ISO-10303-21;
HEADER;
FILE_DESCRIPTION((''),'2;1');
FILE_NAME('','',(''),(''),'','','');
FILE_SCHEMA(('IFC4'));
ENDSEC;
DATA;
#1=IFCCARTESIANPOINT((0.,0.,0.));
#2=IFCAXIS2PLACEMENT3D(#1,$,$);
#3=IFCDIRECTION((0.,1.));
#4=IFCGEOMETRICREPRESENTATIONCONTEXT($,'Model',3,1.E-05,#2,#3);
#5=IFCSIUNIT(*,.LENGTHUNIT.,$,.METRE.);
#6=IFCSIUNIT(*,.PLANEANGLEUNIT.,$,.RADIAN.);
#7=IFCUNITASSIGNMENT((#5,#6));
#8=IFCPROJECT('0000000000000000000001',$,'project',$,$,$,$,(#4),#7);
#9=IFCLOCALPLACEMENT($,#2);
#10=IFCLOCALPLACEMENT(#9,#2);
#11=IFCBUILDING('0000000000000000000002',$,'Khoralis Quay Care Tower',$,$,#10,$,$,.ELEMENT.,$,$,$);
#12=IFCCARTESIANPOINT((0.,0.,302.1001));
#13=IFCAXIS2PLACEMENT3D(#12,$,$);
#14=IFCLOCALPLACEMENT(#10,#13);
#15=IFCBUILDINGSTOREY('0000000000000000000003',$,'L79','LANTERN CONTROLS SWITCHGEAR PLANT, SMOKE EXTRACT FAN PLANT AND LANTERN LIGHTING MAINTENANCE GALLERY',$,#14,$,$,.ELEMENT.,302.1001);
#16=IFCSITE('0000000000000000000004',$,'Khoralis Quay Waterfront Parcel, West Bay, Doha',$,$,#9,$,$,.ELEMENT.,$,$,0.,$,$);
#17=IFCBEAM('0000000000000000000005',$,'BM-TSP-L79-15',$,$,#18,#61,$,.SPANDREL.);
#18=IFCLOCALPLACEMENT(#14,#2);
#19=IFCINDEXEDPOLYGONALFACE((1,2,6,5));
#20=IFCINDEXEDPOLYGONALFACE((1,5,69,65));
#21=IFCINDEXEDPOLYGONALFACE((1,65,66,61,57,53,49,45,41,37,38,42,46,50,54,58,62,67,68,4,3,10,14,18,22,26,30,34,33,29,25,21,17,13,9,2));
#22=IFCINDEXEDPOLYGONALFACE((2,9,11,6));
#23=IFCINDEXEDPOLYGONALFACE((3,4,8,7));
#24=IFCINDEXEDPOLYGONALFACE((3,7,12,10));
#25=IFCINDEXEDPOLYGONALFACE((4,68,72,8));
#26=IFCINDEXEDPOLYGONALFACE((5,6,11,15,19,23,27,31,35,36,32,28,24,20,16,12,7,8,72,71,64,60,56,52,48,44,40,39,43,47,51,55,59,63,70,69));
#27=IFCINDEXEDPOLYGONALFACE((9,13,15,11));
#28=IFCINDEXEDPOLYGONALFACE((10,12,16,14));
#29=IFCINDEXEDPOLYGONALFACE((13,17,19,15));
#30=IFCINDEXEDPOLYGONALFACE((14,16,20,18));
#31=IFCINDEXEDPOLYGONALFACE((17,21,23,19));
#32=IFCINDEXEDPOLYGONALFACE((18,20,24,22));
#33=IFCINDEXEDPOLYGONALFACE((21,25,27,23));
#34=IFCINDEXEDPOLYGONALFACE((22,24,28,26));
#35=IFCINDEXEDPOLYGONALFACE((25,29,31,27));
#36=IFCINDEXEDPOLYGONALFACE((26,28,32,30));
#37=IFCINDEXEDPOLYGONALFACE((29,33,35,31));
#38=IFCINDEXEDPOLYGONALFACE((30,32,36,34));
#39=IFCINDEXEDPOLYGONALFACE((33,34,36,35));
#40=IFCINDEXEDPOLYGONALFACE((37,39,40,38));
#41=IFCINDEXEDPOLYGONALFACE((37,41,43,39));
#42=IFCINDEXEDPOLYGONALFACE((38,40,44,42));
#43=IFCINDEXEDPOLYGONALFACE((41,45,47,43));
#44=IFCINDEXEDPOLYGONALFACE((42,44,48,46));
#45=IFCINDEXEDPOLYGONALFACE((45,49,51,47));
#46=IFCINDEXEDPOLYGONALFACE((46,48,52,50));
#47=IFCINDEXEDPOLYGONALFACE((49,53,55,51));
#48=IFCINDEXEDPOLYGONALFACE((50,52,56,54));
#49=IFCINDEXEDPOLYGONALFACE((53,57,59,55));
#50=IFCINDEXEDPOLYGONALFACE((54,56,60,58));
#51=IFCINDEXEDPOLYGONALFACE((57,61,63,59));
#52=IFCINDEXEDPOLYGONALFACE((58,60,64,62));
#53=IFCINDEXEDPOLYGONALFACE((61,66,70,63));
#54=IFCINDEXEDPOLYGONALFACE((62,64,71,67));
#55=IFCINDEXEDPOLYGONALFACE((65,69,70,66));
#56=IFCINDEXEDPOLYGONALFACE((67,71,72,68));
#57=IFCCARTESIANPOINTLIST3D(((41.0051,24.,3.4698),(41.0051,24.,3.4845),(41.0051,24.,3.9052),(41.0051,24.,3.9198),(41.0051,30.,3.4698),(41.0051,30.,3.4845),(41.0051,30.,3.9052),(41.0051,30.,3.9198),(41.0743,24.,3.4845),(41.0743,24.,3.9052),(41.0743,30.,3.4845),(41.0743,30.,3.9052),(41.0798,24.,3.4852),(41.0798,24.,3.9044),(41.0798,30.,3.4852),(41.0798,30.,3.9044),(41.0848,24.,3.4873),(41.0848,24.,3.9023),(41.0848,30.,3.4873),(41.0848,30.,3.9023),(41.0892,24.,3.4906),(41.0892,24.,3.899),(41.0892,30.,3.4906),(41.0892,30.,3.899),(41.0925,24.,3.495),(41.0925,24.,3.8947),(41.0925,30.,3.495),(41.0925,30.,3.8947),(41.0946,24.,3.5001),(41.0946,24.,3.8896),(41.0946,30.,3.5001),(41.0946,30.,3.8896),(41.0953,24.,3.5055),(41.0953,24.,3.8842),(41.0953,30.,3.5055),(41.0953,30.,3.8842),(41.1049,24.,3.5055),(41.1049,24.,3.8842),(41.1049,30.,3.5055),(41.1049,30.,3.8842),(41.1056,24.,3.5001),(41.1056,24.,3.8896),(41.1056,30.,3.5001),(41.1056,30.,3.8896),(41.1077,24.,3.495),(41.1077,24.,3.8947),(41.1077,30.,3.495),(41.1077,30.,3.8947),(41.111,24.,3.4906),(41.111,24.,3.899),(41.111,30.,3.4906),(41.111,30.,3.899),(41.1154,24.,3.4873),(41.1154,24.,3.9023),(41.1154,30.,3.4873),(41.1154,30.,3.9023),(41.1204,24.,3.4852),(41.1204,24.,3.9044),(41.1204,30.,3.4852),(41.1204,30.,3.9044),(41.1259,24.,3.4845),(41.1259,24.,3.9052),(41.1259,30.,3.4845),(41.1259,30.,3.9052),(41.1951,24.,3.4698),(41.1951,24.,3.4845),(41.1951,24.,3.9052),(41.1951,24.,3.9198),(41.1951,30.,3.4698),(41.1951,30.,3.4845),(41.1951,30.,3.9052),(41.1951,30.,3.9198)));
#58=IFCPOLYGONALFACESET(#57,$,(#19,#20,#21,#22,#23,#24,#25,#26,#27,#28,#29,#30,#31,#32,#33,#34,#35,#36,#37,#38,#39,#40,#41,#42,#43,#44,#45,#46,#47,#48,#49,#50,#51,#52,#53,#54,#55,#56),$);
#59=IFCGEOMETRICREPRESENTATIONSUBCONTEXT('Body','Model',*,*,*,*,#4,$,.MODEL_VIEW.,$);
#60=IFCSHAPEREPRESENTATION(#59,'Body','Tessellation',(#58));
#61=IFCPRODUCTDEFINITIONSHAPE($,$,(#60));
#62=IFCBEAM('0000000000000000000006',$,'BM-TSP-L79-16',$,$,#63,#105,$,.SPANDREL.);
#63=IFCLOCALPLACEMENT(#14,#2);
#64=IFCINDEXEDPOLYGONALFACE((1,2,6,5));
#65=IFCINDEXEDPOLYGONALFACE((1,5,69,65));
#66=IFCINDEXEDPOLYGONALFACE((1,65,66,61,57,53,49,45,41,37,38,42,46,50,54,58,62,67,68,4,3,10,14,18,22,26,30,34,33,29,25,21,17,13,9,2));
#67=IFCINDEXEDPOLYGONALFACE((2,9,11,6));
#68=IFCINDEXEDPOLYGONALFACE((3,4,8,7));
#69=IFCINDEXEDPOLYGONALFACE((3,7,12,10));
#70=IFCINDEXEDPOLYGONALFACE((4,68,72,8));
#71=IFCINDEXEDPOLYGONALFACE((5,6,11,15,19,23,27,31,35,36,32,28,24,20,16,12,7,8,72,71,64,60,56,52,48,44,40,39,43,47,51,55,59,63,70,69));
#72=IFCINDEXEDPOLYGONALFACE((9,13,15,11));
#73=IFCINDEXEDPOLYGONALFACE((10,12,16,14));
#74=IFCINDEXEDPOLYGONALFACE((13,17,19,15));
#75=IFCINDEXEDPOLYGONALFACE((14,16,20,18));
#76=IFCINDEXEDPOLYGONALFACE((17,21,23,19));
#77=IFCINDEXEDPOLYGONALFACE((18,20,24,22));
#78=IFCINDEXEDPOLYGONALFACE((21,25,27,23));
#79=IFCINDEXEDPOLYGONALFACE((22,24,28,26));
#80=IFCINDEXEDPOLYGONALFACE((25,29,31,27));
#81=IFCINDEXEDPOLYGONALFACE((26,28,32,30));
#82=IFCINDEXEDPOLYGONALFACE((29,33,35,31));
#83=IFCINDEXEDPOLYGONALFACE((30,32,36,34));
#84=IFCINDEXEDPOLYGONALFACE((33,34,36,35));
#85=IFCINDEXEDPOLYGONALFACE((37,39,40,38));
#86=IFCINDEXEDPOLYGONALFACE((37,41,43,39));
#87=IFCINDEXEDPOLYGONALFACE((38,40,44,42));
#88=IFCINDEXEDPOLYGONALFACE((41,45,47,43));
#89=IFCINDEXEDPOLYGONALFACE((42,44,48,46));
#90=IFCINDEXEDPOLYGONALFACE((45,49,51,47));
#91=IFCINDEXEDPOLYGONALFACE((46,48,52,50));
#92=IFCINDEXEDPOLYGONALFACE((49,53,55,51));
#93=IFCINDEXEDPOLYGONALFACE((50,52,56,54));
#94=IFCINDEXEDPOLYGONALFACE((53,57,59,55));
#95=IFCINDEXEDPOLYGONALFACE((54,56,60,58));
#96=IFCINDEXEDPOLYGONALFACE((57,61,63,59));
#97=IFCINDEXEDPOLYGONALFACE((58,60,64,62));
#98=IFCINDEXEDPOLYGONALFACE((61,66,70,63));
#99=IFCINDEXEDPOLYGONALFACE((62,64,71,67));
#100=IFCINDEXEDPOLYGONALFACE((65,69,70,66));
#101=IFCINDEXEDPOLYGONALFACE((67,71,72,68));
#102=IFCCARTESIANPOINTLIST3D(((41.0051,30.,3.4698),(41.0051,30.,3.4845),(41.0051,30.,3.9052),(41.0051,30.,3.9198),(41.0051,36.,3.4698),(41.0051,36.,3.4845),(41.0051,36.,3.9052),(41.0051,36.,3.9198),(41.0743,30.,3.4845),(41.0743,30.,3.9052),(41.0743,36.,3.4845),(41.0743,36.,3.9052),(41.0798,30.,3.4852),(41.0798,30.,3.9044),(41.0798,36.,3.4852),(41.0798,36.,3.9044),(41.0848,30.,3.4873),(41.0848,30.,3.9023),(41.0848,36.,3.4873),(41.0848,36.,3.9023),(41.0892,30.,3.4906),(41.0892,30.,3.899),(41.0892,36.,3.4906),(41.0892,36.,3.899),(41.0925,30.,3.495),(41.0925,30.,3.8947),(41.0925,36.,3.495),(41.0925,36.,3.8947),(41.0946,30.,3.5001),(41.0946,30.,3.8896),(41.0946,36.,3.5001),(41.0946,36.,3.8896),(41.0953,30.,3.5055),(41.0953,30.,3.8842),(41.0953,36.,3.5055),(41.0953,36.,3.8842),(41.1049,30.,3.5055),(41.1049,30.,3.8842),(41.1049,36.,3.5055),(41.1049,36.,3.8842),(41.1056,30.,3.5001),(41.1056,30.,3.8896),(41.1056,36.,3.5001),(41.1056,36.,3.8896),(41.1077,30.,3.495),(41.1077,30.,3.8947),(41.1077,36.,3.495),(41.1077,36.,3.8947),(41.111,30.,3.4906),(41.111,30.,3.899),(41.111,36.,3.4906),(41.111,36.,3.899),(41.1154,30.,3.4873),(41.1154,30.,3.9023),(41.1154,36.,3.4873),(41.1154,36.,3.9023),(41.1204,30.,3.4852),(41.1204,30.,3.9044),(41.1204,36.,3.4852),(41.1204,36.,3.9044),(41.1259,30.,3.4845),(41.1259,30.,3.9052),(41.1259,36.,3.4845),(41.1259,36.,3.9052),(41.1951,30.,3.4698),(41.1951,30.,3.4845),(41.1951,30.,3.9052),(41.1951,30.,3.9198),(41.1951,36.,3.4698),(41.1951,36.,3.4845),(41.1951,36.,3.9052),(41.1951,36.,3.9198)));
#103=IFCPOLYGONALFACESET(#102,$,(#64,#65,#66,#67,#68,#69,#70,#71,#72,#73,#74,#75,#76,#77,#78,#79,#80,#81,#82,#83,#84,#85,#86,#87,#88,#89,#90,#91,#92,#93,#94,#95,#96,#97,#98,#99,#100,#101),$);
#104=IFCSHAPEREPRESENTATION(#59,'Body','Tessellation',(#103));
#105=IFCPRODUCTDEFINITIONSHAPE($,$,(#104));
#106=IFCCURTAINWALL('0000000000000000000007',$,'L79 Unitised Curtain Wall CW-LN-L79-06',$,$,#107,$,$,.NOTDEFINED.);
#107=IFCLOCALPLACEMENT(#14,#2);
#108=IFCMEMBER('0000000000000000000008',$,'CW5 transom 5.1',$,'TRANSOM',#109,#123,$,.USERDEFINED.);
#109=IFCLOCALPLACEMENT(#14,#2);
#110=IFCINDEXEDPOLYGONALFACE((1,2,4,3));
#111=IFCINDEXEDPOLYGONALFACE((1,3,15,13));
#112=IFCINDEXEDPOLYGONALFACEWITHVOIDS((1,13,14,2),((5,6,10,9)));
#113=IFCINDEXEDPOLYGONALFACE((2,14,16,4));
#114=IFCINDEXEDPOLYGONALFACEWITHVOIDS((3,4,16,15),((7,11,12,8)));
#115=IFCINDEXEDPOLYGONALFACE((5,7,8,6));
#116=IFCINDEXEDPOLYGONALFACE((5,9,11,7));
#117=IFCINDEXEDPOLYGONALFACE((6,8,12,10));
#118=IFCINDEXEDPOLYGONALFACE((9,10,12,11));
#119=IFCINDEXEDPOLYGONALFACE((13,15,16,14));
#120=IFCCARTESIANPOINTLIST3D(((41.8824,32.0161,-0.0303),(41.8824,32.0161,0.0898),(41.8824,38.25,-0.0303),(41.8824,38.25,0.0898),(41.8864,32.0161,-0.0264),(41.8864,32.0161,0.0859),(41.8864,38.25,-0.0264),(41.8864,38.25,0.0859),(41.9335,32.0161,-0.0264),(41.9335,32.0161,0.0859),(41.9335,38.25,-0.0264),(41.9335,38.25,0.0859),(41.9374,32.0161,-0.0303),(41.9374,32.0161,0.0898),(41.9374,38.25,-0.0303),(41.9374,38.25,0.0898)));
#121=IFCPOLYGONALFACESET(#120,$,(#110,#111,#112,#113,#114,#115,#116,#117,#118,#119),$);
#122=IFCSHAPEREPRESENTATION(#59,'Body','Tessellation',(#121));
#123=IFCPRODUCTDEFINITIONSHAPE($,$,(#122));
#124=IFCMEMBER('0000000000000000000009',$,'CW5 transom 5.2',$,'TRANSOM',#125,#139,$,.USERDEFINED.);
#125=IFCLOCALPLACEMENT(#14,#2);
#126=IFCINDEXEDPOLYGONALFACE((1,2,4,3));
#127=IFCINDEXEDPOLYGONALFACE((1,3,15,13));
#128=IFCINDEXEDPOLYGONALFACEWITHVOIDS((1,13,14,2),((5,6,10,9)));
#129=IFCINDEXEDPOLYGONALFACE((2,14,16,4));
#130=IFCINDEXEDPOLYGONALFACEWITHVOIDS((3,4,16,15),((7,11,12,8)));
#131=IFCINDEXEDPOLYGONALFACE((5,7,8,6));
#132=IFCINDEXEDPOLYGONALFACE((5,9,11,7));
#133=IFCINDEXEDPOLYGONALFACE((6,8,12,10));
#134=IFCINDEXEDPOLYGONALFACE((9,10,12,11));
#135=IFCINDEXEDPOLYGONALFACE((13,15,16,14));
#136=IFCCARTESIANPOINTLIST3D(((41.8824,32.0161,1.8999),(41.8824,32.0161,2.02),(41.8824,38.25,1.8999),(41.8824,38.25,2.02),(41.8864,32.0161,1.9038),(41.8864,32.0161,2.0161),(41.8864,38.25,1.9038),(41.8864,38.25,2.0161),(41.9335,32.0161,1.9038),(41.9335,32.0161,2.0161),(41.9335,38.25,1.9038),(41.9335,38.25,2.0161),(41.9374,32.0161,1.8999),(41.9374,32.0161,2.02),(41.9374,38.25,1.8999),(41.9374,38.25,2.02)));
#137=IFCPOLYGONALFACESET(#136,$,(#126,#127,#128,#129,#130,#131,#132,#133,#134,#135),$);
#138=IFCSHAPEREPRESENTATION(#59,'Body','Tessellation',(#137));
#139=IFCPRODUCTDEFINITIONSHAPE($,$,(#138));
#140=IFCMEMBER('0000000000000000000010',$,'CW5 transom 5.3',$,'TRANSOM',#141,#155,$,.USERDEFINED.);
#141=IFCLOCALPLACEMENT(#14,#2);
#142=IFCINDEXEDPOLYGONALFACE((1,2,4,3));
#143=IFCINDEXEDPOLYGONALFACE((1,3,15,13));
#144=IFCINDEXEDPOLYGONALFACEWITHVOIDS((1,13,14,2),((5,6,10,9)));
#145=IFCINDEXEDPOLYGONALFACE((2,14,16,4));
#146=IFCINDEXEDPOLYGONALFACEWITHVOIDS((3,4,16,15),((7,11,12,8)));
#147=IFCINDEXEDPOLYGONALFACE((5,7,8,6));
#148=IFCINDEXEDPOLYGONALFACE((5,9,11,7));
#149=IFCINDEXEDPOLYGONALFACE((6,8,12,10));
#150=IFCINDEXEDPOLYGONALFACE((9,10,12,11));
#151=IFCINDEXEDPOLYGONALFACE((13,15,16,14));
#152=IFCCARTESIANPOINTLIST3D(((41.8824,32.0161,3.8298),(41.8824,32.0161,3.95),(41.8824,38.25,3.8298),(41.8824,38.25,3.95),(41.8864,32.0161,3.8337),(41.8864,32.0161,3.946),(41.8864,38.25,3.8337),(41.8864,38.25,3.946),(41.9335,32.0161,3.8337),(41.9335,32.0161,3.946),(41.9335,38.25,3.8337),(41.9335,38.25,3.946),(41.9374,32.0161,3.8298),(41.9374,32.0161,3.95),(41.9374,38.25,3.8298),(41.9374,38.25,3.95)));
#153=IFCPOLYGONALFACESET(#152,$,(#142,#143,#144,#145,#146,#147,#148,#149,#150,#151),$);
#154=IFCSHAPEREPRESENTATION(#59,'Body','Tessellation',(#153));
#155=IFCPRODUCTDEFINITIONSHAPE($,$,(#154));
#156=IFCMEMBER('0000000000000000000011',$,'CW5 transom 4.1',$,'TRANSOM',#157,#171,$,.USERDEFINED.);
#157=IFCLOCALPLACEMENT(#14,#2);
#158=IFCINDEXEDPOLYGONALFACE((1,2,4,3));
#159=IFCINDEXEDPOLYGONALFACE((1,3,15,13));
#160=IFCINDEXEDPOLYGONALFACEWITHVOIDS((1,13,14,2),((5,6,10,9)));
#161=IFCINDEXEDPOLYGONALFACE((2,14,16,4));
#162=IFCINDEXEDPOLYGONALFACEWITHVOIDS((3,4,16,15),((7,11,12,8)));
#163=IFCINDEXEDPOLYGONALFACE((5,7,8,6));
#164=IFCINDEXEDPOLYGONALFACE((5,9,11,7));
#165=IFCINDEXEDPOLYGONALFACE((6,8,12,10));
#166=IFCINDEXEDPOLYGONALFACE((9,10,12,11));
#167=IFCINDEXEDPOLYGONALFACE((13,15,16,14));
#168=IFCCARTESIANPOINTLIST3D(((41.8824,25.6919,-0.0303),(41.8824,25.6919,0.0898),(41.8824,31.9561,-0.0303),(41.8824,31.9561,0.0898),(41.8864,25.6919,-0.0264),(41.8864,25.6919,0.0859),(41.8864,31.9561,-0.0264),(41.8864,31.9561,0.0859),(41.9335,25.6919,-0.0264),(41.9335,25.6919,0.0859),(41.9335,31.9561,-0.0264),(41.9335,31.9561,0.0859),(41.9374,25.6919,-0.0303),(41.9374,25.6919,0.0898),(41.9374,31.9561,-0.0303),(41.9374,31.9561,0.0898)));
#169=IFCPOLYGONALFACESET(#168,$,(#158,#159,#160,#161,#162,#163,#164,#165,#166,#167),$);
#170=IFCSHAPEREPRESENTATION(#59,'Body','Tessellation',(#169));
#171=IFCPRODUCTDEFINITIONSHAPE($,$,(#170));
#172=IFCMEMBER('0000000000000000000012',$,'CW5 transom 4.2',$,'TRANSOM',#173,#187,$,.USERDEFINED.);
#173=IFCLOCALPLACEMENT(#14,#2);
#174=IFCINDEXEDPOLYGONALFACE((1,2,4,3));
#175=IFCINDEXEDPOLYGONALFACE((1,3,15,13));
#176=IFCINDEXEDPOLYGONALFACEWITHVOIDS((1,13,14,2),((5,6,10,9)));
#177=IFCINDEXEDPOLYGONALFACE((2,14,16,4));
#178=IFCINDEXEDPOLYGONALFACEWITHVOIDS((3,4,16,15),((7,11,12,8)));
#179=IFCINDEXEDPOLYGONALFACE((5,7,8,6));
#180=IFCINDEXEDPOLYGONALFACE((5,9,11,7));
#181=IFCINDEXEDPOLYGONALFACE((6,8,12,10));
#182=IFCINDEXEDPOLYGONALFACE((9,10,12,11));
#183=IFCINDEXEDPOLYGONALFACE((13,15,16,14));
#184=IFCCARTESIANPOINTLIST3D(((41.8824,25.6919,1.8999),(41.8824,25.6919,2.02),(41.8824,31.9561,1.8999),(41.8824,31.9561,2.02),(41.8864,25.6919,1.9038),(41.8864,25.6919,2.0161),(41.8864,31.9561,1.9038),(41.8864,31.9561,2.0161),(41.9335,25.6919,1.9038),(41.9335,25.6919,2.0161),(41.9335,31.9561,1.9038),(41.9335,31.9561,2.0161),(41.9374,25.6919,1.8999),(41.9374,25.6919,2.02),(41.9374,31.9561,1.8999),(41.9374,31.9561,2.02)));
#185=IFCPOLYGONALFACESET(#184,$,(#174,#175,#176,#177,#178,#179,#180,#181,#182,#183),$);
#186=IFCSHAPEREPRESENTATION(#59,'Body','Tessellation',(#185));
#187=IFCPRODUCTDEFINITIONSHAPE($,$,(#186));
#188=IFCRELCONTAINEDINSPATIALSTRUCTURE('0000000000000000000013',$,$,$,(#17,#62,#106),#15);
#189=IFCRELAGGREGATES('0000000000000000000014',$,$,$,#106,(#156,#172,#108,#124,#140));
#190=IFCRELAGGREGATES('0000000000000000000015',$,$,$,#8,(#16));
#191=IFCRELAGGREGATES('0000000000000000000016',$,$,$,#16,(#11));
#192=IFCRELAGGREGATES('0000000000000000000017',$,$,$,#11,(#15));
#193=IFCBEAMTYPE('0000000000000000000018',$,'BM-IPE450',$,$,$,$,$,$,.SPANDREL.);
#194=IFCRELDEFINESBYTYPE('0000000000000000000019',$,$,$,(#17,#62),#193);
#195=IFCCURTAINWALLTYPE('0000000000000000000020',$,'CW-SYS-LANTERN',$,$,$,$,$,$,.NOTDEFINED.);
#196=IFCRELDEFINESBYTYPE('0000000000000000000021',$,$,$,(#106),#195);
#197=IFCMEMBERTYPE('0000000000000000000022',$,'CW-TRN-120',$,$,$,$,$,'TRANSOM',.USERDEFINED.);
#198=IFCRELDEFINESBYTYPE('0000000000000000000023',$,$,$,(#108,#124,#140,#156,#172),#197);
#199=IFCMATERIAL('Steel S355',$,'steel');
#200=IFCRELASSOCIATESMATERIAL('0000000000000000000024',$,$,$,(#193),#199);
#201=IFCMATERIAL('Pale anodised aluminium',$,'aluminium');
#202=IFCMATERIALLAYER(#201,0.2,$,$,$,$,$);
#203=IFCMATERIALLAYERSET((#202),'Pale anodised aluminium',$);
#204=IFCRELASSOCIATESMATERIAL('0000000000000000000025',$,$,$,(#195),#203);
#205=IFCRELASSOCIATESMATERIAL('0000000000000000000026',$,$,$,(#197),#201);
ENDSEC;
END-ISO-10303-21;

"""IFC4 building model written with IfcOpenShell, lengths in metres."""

from ifc_helpers import new_model, si_unit, direction, frame, origin, origin_2d, place, context, subcontext, project, spatial, hollow_rectangle, i_section, extrude, source, transform, mapped, material, layer, layer_set, material_profile, profile_set, type_object, element, aggregate, save


model = new_model("IFC4")

# Units and contexts
model_context = context("Model", 3, precision=1e-05, world=origin(), true_north=direction((0.0, 1.0)))
body_context = subcontext(model_context, "Body", "Model", "MODEL_VIEW")
ifc_project = project(units=[si_unit("LENGTHUNIT", "METRE"), si_unit("PLANEANGLEUNIT", "RADIAN")], contexts=[model_context])

# Site, building, storey
site_placement = place(None, origin())
site = spatial("IfcSite", under=ifc_project, at=site_placement, Name="Khoralis Quay Waterfront Parcel, West Bay, Doha", CompositionType="ELEMENT", RefElevation=0.0)
building_placement = place(site_placement, origin())
building = spatial("IfcBuilding", under=site, at=building_placement, Name="Khoralis Quay Care Tower", CompositionType="ELEMENT")
storey_placement = place(building_placement, frame((0.0, 0.0, 302.1001)))
storey = spatial("IfcBuildingStorey", under=building, at=storey_placement, Name="L79", Description="LANTERN CONTROLS SWITCHGEAR PLANT, SMOKE EXTRACT FAN PLANT AND LANTERN LIGHTING MAINTENANCE GALLERY", CompositionType="ELEMENT", Elevation=302.1001)

# Beams
ifc_material_1 = material(Name="Steel S355", Category="steel")
ifc_material_profile_1 = material_profile(ifc_material_1, i_section(OverallWidth=0.1899, OverallDepth=0.45, WebThickness=0.0095, FlangeThickness=0.0146, FilletRadius=0.021, at=origin_2d()), Name="Steel S355")
ifc_profile_set_1 = profile_set([ifc_material_profile_1], Name="Steel S355")
beam_type = type_object("IfcBeamType", Name="BM-IPE450", PredefinedType="SPANDREL", material=ifc_profile_set_1)
shared_shape_1 = source(origin(), body_context, "Body", "SweptSolid", [
    extrude(i_section(OverallWidth=0.1899, OverallDepth=0.45, WebThickness=0.0095, FlangeThickness=0.0146, FilletRadius=0.021, at=origin_2d()), origin(), (0.0, 0.0, 1.0), 6.0),
])
for number, where, z_axis, x_axis, name in (
    (1, (41.1001, 24.0, 3.6948), (0.0, 1.0, 0.0), (-1.0, 0.0, 0.0), "BM-TSP-L79-15"),
    (2, (41.1001, 30.0, 3.6948), (0.0, 1.0, 0.0), (-1.0, 0.0, 0.0), "BM-TSP-L79-16"),
):
    element("IfcBeam", number, at=place(storey_placement, frame(where, z_axis=z_axis, x_axis=x_axis)), inside=storey, type_object=beam_type, Name=name, PredefinedType="SPANDREL", context=body_context, shape_type="MappedRepresentation", body=[
        mapped(shared_shape_1, transform((0.0, 0.0, 0.0), scale=1.0)),
    ])

# Curtain wall, members
ifc_material_2 = material(Name="Pale anodised aluminium", Category="aluminium")
ifc_layer_1 = layer(ifc_material_2, 0.2)
ifc_layer_set_1 = layer_set([ifc_layer_1], Name="Pale anodised aluminium")
curtain_wall_type = type_object("IfcCurtainWallType", Name="CW-SYS-LANTERN", PredefinedType="NOTDEFINED", material=ifc_layer_set_1)
curtain_wall_1_placement = place(storey_placement, origin())
curtain_wall_1 = element("IfcCurtainWall", 3, at=curtain_wall_1_placement, inside=storey, type_object=curtain_wall_type, Name="L79 Unitised Curtain Wall CW-LN-L79-06", PredefinedType="NOTDEFINED")
ifc_material_profile_2 = material_profile(ifc_material_2, hollow_rectangle(XDim=0.0549, YDim=0.1201, WallThickness=0.0039, at=origin_2d()), Name="Pale anodised aluminium")
ifc_profile_set_2 = profile_set([ifc_material_profile_2], Name="Pale anodised aluminium")
member_type_1 = type_object("IfcMemberType", Name="CW-TRN-120", ElementType="TRANSOM", PredefinedType="USERDEFINED", material=ifc_profile_set_2)
shared_shape_2 = source(origin(), body_context, "Body", "SweptSolid", [
    extrude(hollow_rectangle(XDim=0.0549, YDim=0.1201, WallThickness=0.0039, at=origin_2d()), origin(), (0.0, 0.0, 1.0), 6.2339),
])
member_1_placement = place(storey_placement, frame((41.9099, 32.0161, 0.0298), z_axis=(0.0, 1.0, 0.0), x_axis=(-1.0, 0.0, 0.0)))
member_1 = element("IfcMember", 4, at=member_1_placement, type_object=member_type_1, Name="CW5 transom 5.1", ObjectType="TRANSOM", PredefinedType="USERDEFINED", context=body_context, shape_type="MappedRepresentation", body=[
    mapped(shared_shape_2, transform((0.0, 0.0, 0.0), scale=1.0)),
])
member_2_placement = place(storey_placement, frame((41.9099, 32.0161, 1.96), z_axis=(0.0, 1.0, 0.0), x_axis=(-1.0, 0.0, 0.0)))
member_2 = element("IfcMember", 5, at=member_2_placement, type_object=member_type_1, Name="CW5 transom 5.2", ObjectType="TRANSOM", PredefinedType="USERDEFINED", context=body_context, shape_type="MappedRepresentation", body=[
    mapped(shared_shape_2, transform((0.0, 0.0, 0.0), scale=1.0)),
])
member_3_placement = place(storey_placement, frame((41.9099, 32.0161, 3.8899), z_axis=(0.0, 1.0, 0.0), x_axis=(-1.0, 0.0, 0.0)))
member_3 = element("IfcMember", 6, at=member_3_placement, type_object=member_type_1, Name="CW5 transom 5.3", ObjectType="TRANSOM", PredefinedType="USERDEFINED", context=body_context, shape_type="MappedRepresentation", body=[
    mapped(shared_shape_2, transform((0.0, 0.0, 0.0), scale=1.0)),
])
shared_shape_3 = source(origin(), body_context, "Body", "SweptSolid", [
    extrude(hollow_rectangle(XDim=0.0549, YDim=0.1201, WallThickness=0.0039, at=origin_2d()), origin(), (0.0, 0.0, 1.0), 6.2642),
])
member_4_placement = place(storey_placement, frame((41.9099, 25.6919, 0.0298), z_axis=(0.0, 1.0, 0.0), x_axis=(-1.0, 0.0, 0.0)))
member_4 = element("IfcMember", 7, at=member_4_placement, type_object=member_type_1, Name="CW5 transom 4.1", ObjectType="TRANSOM", PredefinedType="USERDEFINED", context=body_context, shape_type="MappedRepresentation", body=[
    mapped(shared_shape_3, transform((0.0, 0.0, 0.0), scale=1.0)),
])
member_5_placement = place(storey_placement, frame((41.9099, 25.6919, 1.96), z_axis=(0.0, 1.0, 0.0), x_axis=(-1.0, 0.0, 0.0)))
member_5 = element("IfcMember", 8, at=member_5_placement, type_object=member_type_1, Name="CW5 transom 4.2", ObjectType="TRANSOM", PredefinedType="USERDEFINED", context=body_context, shape_type="MappedRepresentation", body=[
    mapped(shared_shape_3, transform((0.0, 0.0, 0.0), scale=1.0)),
])

aggregate(curtain_wall_1, [member_4, member_5, member_1, member_2, member_3])

save(model, "model.ifc")
